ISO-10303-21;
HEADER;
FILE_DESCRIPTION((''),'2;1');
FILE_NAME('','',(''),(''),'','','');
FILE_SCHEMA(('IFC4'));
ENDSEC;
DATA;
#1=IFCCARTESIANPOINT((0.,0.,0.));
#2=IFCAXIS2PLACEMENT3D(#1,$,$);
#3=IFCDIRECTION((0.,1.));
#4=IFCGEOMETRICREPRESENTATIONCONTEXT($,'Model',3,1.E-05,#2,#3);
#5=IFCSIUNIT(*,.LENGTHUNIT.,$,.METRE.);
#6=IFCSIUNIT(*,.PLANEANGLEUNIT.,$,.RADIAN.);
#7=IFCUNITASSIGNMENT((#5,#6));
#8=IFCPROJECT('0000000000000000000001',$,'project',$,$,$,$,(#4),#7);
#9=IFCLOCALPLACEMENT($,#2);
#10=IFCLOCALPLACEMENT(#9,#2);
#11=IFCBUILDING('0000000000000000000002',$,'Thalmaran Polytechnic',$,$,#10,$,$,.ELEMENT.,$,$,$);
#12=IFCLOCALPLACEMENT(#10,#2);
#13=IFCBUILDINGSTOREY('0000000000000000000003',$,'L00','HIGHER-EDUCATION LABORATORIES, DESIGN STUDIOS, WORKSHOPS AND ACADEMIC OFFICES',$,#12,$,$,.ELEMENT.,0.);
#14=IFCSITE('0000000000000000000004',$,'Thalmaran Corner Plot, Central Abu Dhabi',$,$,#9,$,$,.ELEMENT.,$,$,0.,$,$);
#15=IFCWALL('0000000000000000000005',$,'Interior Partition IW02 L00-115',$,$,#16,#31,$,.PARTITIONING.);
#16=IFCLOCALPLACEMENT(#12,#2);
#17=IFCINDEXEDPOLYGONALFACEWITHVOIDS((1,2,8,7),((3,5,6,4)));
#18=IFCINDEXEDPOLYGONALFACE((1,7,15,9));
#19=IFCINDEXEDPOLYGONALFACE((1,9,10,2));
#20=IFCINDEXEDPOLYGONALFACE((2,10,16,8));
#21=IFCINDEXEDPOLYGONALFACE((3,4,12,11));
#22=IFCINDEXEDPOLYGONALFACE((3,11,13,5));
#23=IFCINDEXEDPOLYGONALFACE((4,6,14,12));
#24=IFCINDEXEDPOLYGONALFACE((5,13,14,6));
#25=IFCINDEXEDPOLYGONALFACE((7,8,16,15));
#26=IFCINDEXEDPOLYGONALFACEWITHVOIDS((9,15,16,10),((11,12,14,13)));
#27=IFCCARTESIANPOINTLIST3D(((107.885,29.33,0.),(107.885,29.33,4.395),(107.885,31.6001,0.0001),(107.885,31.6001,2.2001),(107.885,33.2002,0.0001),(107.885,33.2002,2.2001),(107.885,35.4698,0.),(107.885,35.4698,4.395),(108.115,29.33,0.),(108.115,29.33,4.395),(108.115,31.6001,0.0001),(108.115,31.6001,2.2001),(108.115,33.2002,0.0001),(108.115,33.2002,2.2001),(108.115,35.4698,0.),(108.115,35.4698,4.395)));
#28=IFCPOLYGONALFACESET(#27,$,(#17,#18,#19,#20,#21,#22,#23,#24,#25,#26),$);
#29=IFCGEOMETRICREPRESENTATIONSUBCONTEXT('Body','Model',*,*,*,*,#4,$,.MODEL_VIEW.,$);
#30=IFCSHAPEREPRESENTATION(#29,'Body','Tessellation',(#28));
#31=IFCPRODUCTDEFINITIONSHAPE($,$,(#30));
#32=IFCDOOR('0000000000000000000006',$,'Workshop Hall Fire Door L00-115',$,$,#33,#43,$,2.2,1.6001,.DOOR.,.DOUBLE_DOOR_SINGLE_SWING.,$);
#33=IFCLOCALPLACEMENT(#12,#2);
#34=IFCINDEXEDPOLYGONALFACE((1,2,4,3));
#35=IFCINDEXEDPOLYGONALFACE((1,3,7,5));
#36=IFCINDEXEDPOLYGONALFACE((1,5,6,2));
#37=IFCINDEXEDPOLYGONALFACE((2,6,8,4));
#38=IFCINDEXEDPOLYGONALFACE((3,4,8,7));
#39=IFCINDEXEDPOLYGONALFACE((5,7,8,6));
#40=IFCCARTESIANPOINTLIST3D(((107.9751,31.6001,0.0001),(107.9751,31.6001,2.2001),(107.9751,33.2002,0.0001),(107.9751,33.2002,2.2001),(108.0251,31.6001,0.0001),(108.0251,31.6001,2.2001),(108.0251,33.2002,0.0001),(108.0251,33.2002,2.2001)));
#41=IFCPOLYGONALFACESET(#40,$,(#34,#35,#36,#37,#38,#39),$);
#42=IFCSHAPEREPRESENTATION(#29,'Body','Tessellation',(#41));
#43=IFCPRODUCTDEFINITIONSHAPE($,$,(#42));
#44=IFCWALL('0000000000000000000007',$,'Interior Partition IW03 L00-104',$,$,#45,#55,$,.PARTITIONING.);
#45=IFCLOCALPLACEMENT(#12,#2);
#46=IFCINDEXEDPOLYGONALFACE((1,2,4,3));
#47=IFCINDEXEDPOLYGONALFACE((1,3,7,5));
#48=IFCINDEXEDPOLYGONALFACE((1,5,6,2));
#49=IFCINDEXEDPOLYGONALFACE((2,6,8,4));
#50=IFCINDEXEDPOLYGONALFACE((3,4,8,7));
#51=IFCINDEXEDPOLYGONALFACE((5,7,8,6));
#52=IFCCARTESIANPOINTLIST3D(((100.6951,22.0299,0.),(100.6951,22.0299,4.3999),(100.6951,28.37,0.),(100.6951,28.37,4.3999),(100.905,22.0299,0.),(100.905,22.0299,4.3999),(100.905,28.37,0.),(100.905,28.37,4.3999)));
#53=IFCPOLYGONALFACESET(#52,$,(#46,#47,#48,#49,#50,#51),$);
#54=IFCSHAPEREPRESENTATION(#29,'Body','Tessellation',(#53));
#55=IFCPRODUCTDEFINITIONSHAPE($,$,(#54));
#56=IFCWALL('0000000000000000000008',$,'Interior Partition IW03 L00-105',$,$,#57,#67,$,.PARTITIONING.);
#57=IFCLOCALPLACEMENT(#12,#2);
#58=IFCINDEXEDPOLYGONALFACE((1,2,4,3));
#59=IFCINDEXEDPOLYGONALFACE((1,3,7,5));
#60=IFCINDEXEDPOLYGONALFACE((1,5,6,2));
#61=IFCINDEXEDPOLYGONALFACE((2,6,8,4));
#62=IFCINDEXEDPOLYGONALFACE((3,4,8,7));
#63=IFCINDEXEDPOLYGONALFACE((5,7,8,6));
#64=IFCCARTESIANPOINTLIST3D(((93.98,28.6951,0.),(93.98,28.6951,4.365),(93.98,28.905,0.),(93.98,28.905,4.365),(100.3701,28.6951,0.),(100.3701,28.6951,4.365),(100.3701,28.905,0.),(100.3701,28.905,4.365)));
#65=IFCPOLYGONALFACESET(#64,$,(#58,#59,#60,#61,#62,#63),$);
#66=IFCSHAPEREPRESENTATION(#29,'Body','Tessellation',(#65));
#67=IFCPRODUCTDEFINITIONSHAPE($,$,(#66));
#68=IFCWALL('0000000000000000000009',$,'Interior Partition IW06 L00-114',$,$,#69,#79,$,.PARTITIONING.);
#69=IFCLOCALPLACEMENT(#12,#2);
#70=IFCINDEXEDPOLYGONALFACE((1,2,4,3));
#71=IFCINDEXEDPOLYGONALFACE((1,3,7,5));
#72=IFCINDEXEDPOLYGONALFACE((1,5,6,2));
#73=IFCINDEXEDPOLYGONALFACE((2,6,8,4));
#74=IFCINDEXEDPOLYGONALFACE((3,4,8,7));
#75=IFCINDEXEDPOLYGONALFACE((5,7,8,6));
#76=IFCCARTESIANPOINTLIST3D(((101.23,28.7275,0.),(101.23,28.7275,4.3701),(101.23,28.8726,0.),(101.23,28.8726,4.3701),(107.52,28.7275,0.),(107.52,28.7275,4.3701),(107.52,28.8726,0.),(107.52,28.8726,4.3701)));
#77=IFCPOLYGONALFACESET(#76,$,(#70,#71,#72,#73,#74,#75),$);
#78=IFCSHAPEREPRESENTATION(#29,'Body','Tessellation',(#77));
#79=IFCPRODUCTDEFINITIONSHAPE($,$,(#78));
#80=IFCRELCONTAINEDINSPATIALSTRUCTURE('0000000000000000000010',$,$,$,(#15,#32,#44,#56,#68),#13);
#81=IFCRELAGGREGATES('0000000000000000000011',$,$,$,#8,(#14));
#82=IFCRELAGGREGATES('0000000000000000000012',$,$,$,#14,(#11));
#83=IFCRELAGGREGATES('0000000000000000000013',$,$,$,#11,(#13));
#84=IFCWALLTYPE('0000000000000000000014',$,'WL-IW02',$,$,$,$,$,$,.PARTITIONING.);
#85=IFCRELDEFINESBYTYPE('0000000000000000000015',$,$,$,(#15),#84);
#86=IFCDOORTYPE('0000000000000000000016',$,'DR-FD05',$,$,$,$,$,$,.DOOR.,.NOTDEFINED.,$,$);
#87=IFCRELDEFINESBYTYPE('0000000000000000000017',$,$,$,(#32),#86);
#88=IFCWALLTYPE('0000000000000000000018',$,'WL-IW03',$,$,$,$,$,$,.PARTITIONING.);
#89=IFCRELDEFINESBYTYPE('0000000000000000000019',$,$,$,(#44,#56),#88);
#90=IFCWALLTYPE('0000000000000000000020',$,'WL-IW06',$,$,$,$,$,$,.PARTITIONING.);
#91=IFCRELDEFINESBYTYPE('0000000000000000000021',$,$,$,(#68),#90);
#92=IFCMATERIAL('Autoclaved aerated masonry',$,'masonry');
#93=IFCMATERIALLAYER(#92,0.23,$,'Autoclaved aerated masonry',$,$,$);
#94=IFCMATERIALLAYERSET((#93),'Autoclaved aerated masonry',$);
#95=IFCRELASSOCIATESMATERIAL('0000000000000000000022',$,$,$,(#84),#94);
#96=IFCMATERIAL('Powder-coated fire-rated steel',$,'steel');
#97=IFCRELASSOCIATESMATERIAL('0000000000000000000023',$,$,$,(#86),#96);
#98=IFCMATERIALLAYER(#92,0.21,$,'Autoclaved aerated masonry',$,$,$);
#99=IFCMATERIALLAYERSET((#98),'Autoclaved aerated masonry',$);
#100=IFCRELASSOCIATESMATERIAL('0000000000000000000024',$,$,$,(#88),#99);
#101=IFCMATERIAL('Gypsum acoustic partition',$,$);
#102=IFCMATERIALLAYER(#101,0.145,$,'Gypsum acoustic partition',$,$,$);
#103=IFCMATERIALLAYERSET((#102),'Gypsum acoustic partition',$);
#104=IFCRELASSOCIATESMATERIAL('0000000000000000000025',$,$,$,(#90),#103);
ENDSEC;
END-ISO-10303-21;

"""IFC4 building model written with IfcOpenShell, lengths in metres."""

from ifc_helpers import new_model, si_unit, direction, frame, frame_2d, origin, place, context, subcontext, project, spatial, rectangle, extrude, material, layer, layer_set, type_object, element, fill, save


model = new_model("IFC4")

# Units and contexts
model_context = context("Model", 3, precision=1e-05, world=origin(), true_north=direction((0.0, 1.0)))
body_context = subcontext(model_context, "Body", "Model", "MODEL_VIEW")
ifc_project = project(units=[si_unit("LENGTHUNIT", "METRE"), si_unit("PLANEANGLEUNIT", "RADIAN")], contexts=[model_context])

# Site, building, storey
site_placement = place(None, origin())
site = spatial("IfcSite", under=ifc_project, at=site_placement, Name="Thalmaran Corner Plot, Central Abu Dhabi", CompositionType="ELEMENT", RefElevation=0.0)
building_placement = place(site_placement, origin())
building = spatial("IfcBuilding", under=site, at=building_placement, Name="Thalmaran Polytechnic", CompositionType="ELEMENT")
storey_placement = place(building_placement, origin())
storey = spatial("IfcBuildingStorey", under=building, at=storey_placement, Name="L00", Description="HIGHER-EDUCATION LABORATORIES, DESIGN STUDIOS, WORKSHOPS AND ACADEMIC OFFICES", CompositionType="ELEMENT", Elevation=0.0)

# Shared definitions
ifc_material_1 = material(Name="Autoclaved aerated masonry", Category="masonry")
ifc_layer_1 = layer(ifc_material_1, 0.23, Name="Autoclaved aerated masonry")
ifc_layer_set_1 = layer_set([ifc_layer_1], Name="Autoclaved aerated masonry")
wall_type_1 = type_object("IfcWallType", Name="WL-IW02", PredefinedType="PARTITIONING", material=ifc_layer_set_1)

# Wall, opening, door
wall_1_placement = place(storey_placement, frame((108.0, 29.3301, 0.0), z_axis=(0.0, 0.0, 1.0), x_axis=(0.0, 1.0, 0.0)))
wall_1 = element("IfcWall", 1, at=wall_1_placement, inside=storey, type_object=wall_type_1, Name="Interior Partition IW02 L00-115", PredefinedType="PARTITIONING", context=body_context, shape_type="SweptSolid", body=[
    extrude(rectangle(XDim=6.1399, YDim=0.23, at=frame_2d((3.0698, 0.0))), origin(), (0.0, 0.0, 1.0), 4.395),
])
opening_placement = place(wall_1_placement, frame((2.27, 0.0, 0.0)))
opening = element("IfcOpeningElement", 2, at=opening_placement, cuts=wall_1, PredefinedType="OPENING", context=body_context, shape_type="SweptSolid", body=[
    extrude(rectangle(XDim=1.6001, YDim=2.2, at=frame_2d((0.8, 1.1001))), frame((0.0, 0.125, 0.0), z_axis=(0.0, -1.0, 0.0), x_axis=(1.0, 0.0, 0.0)), (0.0, 0.0, 1.0), 0.25),
])
ifc_material_2 = material(Name="Powder-coated fire-rated steel", Category="steel")
door_type = type_object("IfcDoorType", Name="DR-FD05", OperationType="NOTDEFINED", PredefinedType="DOOR", material=ifc_material_2)
door_placement = place(opening_placement, origin())
door = element("IfcDoor", 3, at=door_placement, inside=storey, type_object=door_type, Name="Workshop Hall Fire Door L00-115", OperationType="DOUBLE_DOOR_SINGLE_SWING", OverallHeight=2.2, OverallWidth=1.6001, PredefinedType="DOOR", context=body_context, shape_type="SweptSolid", body=[
    extrude(rectangle(XDim=1.6001, YDim=2.2, at=frame_2d((0.8, 1.1001))), frame((0.0, 0.0249, 0.0), z_axis=(0.0, -1.0, 0.0), x_axis=(1.0, 0.0, 0.0)), (0.0, 0.0, 1.0), 0.05),
])
fill(opening, door)

# Walls
ifc_layer_2 = layer(ifc_material_1, 0.21, Name="Autoclaved aerated masonry")
ifc_layer_set_2 = layer_set([ifc_layer_2], Name="Autoclaved aerated masonry")
wall_type_2 = type_object("IfcWallType", Name="WL-IW03", PredefinedType="PARTITIONING", material=ifc_layer_set_2)
wall_2_placement = place(storey_placement, frame((100.8, 22.03, 0.0), z_axis=(0.0, 0.0, 1.0), x_axis=(0.0, 1.0, 0.0)))
element("IfcWall", 4, at=wall_2_placement, inside=storey, type_object=wall_type_2, Name="Interior Partition IW03 L00-104", PredefinedType="PARTITIONING", context=body_context, shape_type="SweptSolid", body=[
    extrude(rectangle(XDim=6.3401, YDim=0.21, at=frame_2d((3.1699, 0.0))), origin(), (0.0, 0.0, 1.0), 4.3999),
])
wall_3_placement = place(storey_placement, frame((93.98, 28.8, 0.0), z_axis=(0.0, 0.0, 1.0), x_axis=(1.0, 0.0, 0.0)))
element("IfcWall", 5, at=wall_3_placement, inside=storey, type_object=wall_type_2, Name="Interior Partition IW03 L00-105", PredefinedType="PARTITIONING", context=body_context, shape_type="SweptSolid", body=[
    extrude(rectangle(XDim=6.3901, YDim=0.21, at=frame_2d((3.1951, 0.0))), origin(), (0.0, 0.0, 1.0), 4.365),
])
ifc_material_3 = material(Name="Gypsum acoustic partition")
ifc_layer_3 = layer(ifc_material_3, 0.145, Name="Gypsum acoustic partition")
ifc_layer_set_3 = layer_set([ifc_layer_3], Name="Gypsum acoustic partition")
wall_type_3 = type_object("IfcWallType", Name="WL-IW06", PredefinedType="PARTITIONING", material=ifc_layer_set_3)
wall_4_placement = place(storey_placement, frame((101.23, 28.8, 0.0), z_axis=(0.0, 0.0, 1.0), x_axis=(1.0, 0.0, 0.0)))
element("IfcWall", 6, at=wall_4_placement, inside=storey, type_object=wall_type_3, Name="Interior Partition IW06 L00-114", PredefinedType="PARTITIONING", context=body_context, shape_type="SweptSolid", body=[
    extrude(rectangle(XDim=6.29, YDim=0.145, at=frame_2d((3.145, 0.0))), origin(), (0.0, 0.0, 1.0), 4.3701),
])

save(model, "model.ifc")
